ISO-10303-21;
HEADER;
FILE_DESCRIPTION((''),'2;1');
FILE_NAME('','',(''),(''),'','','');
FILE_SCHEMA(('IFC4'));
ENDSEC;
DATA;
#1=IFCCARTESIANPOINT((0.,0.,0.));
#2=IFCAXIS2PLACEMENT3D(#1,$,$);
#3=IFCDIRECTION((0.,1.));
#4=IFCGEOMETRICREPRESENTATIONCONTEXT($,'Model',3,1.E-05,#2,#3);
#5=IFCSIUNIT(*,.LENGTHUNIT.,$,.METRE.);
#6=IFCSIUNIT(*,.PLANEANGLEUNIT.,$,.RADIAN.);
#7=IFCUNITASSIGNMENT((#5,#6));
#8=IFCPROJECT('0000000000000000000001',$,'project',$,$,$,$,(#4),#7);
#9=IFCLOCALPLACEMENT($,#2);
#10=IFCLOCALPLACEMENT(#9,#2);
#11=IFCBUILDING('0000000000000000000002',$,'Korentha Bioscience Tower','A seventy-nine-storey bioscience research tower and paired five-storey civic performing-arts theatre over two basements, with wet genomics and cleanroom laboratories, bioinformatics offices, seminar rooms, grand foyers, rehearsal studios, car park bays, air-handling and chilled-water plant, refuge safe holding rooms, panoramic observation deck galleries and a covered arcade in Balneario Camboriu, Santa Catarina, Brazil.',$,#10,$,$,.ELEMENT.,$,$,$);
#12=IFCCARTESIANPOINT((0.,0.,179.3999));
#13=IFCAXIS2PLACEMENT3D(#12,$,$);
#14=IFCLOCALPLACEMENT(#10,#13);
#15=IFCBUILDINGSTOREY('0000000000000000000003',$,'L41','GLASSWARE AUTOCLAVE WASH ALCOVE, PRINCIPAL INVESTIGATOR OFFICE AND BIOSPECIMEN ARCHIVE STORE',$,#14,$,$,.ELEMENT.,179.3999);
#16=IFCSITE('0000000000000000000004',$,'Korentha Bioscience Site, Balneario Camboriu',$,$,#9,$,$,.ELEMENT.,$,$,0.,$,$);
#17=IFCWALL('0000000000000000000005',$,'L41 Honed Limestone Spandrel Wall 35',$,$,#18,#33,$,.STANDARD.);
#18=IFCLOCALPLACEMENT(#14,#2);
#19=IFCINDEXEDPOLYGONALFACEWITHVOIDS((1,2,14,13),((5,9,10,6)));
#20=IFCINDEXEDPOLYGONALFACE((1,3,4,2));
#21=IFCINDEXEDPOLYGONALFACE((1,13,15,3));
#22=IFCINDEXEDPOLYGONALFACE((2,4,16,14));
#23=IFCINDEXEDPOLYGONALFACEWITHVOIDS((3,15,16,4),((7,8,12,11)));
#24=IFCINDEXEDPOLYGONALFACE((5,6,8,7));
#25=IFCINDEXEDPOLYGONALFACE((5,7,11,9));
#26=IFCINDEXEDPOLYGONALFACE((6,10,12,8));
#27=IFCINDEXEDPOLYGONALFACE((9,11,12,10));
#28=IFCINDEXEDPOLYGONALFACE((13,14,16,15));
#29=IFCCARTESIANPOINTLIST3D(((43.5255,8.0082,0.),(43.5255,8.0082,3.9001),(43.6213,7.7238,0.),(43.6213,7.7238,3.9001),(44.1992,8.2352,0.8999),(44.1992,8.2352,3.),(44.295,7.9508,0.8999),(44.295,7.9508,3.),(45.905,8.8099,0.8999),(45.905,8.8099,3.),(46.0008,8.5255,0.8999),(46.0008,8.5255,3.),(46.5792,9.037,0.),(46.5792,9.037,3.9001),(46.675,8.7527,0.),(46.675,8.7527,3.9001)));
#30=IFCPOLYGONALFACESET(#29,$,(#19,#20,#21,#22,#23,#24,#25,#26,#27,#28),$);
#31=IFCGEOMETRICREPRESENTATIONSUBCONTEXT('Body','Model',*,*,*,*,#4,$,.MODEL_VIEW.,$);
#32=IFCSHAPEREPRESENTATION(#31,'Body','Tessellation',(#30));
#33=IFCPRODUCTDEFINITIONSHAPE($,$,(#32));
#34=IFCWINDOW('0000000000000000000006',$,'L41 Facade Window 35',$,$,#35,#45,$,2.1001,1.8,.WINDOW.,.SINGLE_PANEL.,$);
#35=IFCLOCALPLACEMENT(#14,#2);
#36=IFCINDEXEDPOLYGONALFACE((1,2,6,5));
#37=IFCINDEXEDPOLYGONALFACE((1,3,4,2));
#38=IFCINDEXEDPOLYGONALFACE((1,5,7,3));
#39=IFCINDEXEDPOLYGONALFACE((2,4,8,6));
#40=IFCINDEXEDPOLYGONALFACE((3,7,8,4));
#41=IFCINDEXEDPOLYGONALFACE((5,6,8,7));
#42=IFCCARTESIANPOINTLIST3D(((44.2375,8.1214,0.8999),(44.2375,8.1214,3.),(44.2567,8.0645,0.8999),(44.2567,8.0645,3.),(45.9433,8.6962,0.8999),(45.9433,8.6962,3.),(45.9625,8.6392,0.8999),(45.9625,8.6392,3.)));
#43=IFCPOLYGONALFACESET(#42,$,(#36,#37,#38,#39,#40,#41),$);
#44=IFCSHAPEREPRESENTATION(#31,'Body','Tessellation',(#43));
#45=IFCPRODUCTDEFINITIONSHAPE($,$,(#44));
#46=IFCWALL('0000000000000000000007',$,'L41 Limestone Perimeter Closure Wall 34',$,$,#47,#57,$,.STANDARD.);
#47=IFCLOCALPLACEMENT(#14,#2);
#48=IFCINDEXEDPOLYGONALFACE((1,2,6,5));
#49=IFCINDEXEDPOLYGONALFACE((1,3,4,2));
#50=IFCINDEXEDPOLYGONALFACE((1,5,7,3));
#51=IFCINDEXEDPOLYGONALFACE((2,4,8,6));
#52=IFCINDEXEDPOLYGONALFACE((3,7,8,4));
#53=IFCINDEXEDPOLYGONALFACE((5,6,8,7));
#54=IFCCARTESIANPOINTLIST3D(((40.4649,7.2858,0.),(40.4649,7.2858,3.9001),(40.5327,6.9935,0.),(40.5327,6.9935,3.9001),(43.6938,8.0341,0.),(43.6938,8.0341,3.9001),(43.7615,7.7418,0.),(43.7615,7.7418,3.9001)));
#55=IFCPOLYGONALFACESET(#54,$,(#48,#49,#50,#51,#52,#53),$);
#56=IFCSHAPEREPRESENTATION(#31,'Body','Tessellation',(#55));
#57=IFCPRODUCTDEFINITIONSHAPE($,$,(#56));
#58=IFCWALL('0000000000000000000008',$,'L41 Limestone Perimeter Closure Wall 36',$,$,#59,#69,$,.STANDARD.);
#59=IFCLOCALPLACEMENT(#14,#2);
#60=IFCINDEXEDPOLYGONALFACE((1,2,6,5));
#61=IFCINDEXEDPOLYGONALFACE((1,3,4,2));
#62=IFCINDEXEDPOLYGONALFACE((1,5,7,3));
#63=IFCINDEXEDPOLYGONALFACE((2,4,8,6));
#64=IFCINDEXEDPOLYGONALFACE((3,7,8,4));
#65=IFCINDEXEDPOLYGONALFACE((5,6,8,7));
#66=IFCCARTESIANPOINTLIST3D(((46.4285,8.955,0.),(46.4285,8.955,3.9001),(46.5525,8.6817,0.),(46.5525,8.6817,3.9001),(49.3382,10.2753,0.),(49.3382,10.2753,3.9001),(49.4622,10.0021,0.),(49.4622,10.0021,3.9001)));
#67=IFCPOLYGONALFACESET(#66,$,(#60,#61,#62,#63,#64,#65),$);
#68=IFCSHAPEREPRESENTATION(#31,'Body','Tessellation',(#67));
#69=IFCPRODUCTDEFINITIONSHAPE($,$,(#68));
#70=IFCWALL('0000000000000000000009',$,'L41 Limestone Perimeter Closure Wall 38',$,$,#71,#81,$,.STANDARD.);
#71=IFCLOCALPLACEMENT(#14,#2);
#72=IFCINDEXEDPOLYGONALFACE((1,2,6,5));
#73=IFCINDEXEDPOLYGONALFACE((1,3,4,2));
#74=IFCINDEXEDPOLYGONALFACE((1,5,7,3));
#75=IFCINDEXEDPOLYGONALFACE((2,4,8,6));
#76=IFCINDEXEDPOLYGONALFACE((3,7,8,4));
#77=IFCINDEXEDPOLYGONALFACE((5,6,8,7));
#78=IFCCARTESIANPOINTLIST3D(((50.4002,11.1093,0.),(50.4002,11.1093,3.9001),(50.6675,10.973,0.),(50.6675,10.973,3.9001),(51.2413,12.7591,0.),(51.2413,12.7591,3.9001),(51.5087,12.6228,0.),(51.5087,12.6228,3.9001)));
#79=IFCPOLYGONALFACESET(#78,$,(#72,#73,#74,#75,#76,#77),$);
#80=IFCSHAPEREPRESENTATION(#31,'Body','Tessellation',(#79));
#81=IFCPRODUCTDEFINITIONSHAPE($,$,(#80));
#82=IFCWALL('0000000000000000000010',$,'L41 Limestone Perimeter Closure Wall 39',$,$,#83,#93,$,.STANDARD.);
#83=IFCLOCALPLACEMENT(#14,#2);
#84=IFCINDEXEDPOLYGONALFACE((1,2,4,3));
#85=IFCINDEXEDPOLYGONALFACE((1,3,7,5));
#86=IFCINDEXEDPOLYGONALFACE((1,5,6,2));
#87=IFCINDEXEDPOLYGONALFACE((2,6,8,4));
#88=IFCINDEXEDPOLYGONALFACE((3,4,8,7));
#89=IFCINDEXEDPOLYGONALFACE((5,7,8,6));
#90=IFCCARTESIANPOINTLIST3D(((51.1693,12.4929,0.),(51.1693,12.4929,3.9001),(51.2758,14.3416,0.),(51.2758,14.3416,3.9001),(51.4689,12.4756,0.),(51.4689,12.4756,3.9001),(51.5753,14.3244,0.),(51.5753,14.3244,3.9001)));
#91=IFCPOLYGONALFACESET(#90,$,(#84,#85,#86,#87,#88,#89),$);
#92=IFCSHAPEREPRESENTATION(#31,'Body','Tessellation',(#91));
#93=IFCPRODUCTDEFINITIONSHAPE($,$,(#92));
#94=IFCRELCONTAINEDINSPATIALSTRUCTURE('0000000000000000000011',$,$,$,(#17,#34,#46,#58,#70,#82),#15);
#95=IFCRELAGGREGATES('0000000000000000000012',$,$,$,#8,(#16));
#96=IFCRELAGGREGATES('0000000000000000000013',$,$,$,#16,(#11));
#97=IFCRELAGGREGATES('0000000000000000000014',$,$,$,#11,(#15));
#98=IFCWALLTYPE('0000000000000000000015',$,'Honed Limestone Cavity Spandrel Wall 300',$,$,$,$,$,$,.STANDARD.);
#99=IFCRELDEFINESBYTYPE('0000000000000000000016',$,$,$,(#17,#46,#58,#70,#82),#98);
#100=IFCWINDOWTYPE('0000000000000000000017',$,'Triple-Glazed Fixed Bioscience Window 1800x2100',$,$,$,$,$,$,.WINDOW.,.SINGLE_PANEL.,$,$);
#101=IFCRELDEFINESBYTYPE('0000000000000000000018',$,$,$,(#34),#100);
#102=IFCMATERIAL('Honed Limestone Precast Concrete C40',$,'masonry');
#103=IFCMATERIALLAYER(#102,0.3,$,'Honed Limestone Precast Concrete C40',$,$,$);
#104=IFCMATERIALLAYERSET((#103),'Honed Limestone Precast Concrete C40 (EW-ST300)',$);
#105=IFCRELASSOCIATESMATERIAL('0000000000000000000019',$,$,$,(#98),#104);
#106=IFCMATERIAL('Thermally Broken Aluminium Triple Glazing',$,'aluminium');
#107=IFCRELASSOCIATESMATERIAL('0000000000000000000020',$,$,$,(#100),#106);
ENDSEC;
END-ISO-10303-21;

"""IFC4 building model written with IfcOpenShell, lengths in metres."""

from ifc_helpers import new_model, si_unit, direction, frame, frame_2d, origin, place, context, subcontext, project, spatial, rectangle, extrude, material, layer, layer_set, type_object, element, fill, save


model = new_model("IFC4")

# Units and contexts
model_context = context("Model", 3, precision=1e-05, world=origin(), true_north=direction((0.0, 1.0)))
body_context = subcontext(model_context, "Body", "Model", "MODEL_VIEW")
ifc_project = project(units=[si_unit("LENGTHUNIT", "METRE"), si_unit("PLANEANGLEUNIT", "RADIAN")], contexts=[model_context])

# Site, building, storey
site_placement = place(None, origin())
site = spatial("IfcSite", under=ifc_project, at=site_placement, Name="Korentha Bioscience Site, Balneario Camboriu", CompositionType="ELEMENT", RefElevation=0.0)
building_placement = place(site_placement, origin())
building = spatial("IfcBuilding", under=site, at=building_placement, Name="Korentha Bioscience Tower", Description="A seventy-nine-storey bioscience research tower and paired five-storey civic performing-arts theatre over two basements, with wet genomics and cleanroom laboratories, bioinformatics offices, seminar rooms, grand foyers, rehearsal studios, car park bays, air-handling and chilled-water plant, refuge safe holding rooms, panoramic observation deck galleries and a covered arcade in Balneario Camboriu, Santa Catarina, Brazil.", CompositionType="ELEMENT")
storey_placement = place(building_placement, frame((0.0, 0.0, 179.3999)))
storey = spatial("IfcBuildingStorey", under=building, at=storey_placement, Name="L41", Description="GLASSWARE AUTOCLAVE WASH ALCOVE, PRINCIPAL INVESTIGATOR OFFICE AND BIOSPECIMEN ARCHIVE STORE", CompositionType="ELEMENT", Elevation=179.3999)

# Wall, opening, window
ifc_material_1 = material(Name="Honed Limestone Precast Concrete C40", Category="masonry")
ifc_layer_1 = layer(ifc_material_1, 0.3, Name="Honed Limestone Precast Concrete C40")
ifc_layer_set_1 = layer_set([ifc_layer_1], Name="Honed Limestone Precast Concrete C40 (EW-ST300)")
wall_type_1 = type_object("IfcWallType", Name="Honed Limestone Cavity Spandrel Wall 300", PredefinedType="STANDARD", material=ifc_layer_set_1)
wall_1_placement = place(storey_placement, frame((43.5732, 7.866, 0.0), z_axis=(0.0, 0.0, 1.0), x_axis=(0.947663, 0.319272, 0.0)))
wall_1 = element("IfcWall", 1, at=wall_1_placement, inside=storey, type_object=wall_type_1, Name="L41 Honed Limestone Spandrel Wall 35", PredefinedType="STANDARD", context=body_context, shape_type="SweptSolid", body=[
    extrude(rectangle(XDim=3.2224, YDim=0.3, at=frame_2d((1.6113, 0.0))), origin(), (0.0, 0.0, 1.0), 3.9001),
])
opening_placement = place(wall_1_placement, frame((0.7112, 0.0, 0.8999)))
opening = element("IfcOpeningElement", 2, at=opening_placement, cuts=wall_1, PredefinedType="OPENING", context=body_context, shape_type="SweptSolid", body=[
    extrude(rectangle(XDim=1.8, YDim=2.1001, at=frame_2d((0.8999, 1.05))), frame((0.0, 0.165, 0.0), z_axis=(0.0, -1.0, 0.0), x_axis=(1.0, 0.0, 0.0)), (0.0, 0.0, 1.0), 0.3298),
])
ifc_material_2 = material(Name="Thermally Broken Aluminium Triple Glazing", Category="aluminium")
window_type = type_object("IfcWindowType", Name="Triple-Glazed Fixed Bioscience Window 1800x2100", PartitioningType="SINGLE_PANEL", PredefinedType="WINDOW", material=ifc_material_2)
window_placement = place(opening_placement, origin())
window = element("IfcWindow", 3, at=window_placement, inside=storey, type_object=window_type, Name="L41 Facade Window 35", OverallHeight=2.1001, OverallWidth=1.8, PartitioningType="SINGLE_PANEL", PredefinedType="WINDOW", context=body_context, shape_type="SweptSolid", body=[
    extrude(rectangle(XDim=1.8, YDim=2.1001, at=frame_2d((0.8999, 1.05))), frame((0.0, 0.03, 0.0), z_axis=(0.0, -1.0, 0.0), x_axis=(1.0, 0.0, 0.0)), (0.0, 0.0, 1.0), 0.0601),
])
fill(opening, window)

# Walls
wall_2_placement = place(storey_placement, frame((40.4988, 7.1396, 0.0), z_axis=(0.0, 0.0, 1.0), x_axis=(0.97418, 0.225774, 0.0)))
element("IfcWall", 4, at=wall_2_placement, inside=storey, type_object=wall_type_1, Name="L41 Limestone Perimeter Closure Wall 34", PredefinedType="STANDARD", context=body_context, shape_type="SweptSolid", body=[
    extrude(rectangle(XDim=3.3145, YDim=0.3, at=frame_2d((1.6572, 0.0))), origin(), (0.0, 0.0, 1.0), 3.9001),
])
wall_3_placement = place(storey_placement, frame((46.4905, 8.8184, 0.0), z_axis=(0.0, 0.0, 1.0), x_axis=(0.910633, 0.413216, 0.0)))
element("IfcWall", 5, at=wall_3_placement, inside=storey, type_object=wall_type_1, Name="L41 Limestone Perimeter Closure Wall 36", PredefinedType="STANDARD", context=body_context, shape_type="SweptSolid", body=[
    extrude(rectangle(XDim=3.1953, YDim=0.3, at=frame_2d((1.5977, 0.0))), origin(), (0.0, 0.0, 1.0), 3.9001),
])
for number, where, z_axis, x_axis, name in (
    (6, (50.5339, 11.0413, 0.0), (0.0, 0.0, 1.0), (0.454214, 0.890893, 0.0), "L41 Limestone Perimeter Closure Wall 38"),
    (7, (51.3191, 12.4844, 0.0), (0.0, 0.0, 1.0), (0.057485, 0.998346, 0.0), "L41 Limestone Perimeter Closure Wall 39"),
):
    element("IfcWall", number, at=place(storey_placement, frame(where, z_axis=z_axis, x_axis=x_axis)), inside=storey, type_object=wall_type_1, Name=name, PredefinedType="STANDARD", context=body_context, shape_type="SweptSolid", body=[
        extrude(rectangle(XDim=1.8518, YDim=0.3, at=frame_2d((0.9258, 0.0))), origin(), (0.0, 0.0, 1.0), 3.9001),
    ])

save(model, "model.ifc")
